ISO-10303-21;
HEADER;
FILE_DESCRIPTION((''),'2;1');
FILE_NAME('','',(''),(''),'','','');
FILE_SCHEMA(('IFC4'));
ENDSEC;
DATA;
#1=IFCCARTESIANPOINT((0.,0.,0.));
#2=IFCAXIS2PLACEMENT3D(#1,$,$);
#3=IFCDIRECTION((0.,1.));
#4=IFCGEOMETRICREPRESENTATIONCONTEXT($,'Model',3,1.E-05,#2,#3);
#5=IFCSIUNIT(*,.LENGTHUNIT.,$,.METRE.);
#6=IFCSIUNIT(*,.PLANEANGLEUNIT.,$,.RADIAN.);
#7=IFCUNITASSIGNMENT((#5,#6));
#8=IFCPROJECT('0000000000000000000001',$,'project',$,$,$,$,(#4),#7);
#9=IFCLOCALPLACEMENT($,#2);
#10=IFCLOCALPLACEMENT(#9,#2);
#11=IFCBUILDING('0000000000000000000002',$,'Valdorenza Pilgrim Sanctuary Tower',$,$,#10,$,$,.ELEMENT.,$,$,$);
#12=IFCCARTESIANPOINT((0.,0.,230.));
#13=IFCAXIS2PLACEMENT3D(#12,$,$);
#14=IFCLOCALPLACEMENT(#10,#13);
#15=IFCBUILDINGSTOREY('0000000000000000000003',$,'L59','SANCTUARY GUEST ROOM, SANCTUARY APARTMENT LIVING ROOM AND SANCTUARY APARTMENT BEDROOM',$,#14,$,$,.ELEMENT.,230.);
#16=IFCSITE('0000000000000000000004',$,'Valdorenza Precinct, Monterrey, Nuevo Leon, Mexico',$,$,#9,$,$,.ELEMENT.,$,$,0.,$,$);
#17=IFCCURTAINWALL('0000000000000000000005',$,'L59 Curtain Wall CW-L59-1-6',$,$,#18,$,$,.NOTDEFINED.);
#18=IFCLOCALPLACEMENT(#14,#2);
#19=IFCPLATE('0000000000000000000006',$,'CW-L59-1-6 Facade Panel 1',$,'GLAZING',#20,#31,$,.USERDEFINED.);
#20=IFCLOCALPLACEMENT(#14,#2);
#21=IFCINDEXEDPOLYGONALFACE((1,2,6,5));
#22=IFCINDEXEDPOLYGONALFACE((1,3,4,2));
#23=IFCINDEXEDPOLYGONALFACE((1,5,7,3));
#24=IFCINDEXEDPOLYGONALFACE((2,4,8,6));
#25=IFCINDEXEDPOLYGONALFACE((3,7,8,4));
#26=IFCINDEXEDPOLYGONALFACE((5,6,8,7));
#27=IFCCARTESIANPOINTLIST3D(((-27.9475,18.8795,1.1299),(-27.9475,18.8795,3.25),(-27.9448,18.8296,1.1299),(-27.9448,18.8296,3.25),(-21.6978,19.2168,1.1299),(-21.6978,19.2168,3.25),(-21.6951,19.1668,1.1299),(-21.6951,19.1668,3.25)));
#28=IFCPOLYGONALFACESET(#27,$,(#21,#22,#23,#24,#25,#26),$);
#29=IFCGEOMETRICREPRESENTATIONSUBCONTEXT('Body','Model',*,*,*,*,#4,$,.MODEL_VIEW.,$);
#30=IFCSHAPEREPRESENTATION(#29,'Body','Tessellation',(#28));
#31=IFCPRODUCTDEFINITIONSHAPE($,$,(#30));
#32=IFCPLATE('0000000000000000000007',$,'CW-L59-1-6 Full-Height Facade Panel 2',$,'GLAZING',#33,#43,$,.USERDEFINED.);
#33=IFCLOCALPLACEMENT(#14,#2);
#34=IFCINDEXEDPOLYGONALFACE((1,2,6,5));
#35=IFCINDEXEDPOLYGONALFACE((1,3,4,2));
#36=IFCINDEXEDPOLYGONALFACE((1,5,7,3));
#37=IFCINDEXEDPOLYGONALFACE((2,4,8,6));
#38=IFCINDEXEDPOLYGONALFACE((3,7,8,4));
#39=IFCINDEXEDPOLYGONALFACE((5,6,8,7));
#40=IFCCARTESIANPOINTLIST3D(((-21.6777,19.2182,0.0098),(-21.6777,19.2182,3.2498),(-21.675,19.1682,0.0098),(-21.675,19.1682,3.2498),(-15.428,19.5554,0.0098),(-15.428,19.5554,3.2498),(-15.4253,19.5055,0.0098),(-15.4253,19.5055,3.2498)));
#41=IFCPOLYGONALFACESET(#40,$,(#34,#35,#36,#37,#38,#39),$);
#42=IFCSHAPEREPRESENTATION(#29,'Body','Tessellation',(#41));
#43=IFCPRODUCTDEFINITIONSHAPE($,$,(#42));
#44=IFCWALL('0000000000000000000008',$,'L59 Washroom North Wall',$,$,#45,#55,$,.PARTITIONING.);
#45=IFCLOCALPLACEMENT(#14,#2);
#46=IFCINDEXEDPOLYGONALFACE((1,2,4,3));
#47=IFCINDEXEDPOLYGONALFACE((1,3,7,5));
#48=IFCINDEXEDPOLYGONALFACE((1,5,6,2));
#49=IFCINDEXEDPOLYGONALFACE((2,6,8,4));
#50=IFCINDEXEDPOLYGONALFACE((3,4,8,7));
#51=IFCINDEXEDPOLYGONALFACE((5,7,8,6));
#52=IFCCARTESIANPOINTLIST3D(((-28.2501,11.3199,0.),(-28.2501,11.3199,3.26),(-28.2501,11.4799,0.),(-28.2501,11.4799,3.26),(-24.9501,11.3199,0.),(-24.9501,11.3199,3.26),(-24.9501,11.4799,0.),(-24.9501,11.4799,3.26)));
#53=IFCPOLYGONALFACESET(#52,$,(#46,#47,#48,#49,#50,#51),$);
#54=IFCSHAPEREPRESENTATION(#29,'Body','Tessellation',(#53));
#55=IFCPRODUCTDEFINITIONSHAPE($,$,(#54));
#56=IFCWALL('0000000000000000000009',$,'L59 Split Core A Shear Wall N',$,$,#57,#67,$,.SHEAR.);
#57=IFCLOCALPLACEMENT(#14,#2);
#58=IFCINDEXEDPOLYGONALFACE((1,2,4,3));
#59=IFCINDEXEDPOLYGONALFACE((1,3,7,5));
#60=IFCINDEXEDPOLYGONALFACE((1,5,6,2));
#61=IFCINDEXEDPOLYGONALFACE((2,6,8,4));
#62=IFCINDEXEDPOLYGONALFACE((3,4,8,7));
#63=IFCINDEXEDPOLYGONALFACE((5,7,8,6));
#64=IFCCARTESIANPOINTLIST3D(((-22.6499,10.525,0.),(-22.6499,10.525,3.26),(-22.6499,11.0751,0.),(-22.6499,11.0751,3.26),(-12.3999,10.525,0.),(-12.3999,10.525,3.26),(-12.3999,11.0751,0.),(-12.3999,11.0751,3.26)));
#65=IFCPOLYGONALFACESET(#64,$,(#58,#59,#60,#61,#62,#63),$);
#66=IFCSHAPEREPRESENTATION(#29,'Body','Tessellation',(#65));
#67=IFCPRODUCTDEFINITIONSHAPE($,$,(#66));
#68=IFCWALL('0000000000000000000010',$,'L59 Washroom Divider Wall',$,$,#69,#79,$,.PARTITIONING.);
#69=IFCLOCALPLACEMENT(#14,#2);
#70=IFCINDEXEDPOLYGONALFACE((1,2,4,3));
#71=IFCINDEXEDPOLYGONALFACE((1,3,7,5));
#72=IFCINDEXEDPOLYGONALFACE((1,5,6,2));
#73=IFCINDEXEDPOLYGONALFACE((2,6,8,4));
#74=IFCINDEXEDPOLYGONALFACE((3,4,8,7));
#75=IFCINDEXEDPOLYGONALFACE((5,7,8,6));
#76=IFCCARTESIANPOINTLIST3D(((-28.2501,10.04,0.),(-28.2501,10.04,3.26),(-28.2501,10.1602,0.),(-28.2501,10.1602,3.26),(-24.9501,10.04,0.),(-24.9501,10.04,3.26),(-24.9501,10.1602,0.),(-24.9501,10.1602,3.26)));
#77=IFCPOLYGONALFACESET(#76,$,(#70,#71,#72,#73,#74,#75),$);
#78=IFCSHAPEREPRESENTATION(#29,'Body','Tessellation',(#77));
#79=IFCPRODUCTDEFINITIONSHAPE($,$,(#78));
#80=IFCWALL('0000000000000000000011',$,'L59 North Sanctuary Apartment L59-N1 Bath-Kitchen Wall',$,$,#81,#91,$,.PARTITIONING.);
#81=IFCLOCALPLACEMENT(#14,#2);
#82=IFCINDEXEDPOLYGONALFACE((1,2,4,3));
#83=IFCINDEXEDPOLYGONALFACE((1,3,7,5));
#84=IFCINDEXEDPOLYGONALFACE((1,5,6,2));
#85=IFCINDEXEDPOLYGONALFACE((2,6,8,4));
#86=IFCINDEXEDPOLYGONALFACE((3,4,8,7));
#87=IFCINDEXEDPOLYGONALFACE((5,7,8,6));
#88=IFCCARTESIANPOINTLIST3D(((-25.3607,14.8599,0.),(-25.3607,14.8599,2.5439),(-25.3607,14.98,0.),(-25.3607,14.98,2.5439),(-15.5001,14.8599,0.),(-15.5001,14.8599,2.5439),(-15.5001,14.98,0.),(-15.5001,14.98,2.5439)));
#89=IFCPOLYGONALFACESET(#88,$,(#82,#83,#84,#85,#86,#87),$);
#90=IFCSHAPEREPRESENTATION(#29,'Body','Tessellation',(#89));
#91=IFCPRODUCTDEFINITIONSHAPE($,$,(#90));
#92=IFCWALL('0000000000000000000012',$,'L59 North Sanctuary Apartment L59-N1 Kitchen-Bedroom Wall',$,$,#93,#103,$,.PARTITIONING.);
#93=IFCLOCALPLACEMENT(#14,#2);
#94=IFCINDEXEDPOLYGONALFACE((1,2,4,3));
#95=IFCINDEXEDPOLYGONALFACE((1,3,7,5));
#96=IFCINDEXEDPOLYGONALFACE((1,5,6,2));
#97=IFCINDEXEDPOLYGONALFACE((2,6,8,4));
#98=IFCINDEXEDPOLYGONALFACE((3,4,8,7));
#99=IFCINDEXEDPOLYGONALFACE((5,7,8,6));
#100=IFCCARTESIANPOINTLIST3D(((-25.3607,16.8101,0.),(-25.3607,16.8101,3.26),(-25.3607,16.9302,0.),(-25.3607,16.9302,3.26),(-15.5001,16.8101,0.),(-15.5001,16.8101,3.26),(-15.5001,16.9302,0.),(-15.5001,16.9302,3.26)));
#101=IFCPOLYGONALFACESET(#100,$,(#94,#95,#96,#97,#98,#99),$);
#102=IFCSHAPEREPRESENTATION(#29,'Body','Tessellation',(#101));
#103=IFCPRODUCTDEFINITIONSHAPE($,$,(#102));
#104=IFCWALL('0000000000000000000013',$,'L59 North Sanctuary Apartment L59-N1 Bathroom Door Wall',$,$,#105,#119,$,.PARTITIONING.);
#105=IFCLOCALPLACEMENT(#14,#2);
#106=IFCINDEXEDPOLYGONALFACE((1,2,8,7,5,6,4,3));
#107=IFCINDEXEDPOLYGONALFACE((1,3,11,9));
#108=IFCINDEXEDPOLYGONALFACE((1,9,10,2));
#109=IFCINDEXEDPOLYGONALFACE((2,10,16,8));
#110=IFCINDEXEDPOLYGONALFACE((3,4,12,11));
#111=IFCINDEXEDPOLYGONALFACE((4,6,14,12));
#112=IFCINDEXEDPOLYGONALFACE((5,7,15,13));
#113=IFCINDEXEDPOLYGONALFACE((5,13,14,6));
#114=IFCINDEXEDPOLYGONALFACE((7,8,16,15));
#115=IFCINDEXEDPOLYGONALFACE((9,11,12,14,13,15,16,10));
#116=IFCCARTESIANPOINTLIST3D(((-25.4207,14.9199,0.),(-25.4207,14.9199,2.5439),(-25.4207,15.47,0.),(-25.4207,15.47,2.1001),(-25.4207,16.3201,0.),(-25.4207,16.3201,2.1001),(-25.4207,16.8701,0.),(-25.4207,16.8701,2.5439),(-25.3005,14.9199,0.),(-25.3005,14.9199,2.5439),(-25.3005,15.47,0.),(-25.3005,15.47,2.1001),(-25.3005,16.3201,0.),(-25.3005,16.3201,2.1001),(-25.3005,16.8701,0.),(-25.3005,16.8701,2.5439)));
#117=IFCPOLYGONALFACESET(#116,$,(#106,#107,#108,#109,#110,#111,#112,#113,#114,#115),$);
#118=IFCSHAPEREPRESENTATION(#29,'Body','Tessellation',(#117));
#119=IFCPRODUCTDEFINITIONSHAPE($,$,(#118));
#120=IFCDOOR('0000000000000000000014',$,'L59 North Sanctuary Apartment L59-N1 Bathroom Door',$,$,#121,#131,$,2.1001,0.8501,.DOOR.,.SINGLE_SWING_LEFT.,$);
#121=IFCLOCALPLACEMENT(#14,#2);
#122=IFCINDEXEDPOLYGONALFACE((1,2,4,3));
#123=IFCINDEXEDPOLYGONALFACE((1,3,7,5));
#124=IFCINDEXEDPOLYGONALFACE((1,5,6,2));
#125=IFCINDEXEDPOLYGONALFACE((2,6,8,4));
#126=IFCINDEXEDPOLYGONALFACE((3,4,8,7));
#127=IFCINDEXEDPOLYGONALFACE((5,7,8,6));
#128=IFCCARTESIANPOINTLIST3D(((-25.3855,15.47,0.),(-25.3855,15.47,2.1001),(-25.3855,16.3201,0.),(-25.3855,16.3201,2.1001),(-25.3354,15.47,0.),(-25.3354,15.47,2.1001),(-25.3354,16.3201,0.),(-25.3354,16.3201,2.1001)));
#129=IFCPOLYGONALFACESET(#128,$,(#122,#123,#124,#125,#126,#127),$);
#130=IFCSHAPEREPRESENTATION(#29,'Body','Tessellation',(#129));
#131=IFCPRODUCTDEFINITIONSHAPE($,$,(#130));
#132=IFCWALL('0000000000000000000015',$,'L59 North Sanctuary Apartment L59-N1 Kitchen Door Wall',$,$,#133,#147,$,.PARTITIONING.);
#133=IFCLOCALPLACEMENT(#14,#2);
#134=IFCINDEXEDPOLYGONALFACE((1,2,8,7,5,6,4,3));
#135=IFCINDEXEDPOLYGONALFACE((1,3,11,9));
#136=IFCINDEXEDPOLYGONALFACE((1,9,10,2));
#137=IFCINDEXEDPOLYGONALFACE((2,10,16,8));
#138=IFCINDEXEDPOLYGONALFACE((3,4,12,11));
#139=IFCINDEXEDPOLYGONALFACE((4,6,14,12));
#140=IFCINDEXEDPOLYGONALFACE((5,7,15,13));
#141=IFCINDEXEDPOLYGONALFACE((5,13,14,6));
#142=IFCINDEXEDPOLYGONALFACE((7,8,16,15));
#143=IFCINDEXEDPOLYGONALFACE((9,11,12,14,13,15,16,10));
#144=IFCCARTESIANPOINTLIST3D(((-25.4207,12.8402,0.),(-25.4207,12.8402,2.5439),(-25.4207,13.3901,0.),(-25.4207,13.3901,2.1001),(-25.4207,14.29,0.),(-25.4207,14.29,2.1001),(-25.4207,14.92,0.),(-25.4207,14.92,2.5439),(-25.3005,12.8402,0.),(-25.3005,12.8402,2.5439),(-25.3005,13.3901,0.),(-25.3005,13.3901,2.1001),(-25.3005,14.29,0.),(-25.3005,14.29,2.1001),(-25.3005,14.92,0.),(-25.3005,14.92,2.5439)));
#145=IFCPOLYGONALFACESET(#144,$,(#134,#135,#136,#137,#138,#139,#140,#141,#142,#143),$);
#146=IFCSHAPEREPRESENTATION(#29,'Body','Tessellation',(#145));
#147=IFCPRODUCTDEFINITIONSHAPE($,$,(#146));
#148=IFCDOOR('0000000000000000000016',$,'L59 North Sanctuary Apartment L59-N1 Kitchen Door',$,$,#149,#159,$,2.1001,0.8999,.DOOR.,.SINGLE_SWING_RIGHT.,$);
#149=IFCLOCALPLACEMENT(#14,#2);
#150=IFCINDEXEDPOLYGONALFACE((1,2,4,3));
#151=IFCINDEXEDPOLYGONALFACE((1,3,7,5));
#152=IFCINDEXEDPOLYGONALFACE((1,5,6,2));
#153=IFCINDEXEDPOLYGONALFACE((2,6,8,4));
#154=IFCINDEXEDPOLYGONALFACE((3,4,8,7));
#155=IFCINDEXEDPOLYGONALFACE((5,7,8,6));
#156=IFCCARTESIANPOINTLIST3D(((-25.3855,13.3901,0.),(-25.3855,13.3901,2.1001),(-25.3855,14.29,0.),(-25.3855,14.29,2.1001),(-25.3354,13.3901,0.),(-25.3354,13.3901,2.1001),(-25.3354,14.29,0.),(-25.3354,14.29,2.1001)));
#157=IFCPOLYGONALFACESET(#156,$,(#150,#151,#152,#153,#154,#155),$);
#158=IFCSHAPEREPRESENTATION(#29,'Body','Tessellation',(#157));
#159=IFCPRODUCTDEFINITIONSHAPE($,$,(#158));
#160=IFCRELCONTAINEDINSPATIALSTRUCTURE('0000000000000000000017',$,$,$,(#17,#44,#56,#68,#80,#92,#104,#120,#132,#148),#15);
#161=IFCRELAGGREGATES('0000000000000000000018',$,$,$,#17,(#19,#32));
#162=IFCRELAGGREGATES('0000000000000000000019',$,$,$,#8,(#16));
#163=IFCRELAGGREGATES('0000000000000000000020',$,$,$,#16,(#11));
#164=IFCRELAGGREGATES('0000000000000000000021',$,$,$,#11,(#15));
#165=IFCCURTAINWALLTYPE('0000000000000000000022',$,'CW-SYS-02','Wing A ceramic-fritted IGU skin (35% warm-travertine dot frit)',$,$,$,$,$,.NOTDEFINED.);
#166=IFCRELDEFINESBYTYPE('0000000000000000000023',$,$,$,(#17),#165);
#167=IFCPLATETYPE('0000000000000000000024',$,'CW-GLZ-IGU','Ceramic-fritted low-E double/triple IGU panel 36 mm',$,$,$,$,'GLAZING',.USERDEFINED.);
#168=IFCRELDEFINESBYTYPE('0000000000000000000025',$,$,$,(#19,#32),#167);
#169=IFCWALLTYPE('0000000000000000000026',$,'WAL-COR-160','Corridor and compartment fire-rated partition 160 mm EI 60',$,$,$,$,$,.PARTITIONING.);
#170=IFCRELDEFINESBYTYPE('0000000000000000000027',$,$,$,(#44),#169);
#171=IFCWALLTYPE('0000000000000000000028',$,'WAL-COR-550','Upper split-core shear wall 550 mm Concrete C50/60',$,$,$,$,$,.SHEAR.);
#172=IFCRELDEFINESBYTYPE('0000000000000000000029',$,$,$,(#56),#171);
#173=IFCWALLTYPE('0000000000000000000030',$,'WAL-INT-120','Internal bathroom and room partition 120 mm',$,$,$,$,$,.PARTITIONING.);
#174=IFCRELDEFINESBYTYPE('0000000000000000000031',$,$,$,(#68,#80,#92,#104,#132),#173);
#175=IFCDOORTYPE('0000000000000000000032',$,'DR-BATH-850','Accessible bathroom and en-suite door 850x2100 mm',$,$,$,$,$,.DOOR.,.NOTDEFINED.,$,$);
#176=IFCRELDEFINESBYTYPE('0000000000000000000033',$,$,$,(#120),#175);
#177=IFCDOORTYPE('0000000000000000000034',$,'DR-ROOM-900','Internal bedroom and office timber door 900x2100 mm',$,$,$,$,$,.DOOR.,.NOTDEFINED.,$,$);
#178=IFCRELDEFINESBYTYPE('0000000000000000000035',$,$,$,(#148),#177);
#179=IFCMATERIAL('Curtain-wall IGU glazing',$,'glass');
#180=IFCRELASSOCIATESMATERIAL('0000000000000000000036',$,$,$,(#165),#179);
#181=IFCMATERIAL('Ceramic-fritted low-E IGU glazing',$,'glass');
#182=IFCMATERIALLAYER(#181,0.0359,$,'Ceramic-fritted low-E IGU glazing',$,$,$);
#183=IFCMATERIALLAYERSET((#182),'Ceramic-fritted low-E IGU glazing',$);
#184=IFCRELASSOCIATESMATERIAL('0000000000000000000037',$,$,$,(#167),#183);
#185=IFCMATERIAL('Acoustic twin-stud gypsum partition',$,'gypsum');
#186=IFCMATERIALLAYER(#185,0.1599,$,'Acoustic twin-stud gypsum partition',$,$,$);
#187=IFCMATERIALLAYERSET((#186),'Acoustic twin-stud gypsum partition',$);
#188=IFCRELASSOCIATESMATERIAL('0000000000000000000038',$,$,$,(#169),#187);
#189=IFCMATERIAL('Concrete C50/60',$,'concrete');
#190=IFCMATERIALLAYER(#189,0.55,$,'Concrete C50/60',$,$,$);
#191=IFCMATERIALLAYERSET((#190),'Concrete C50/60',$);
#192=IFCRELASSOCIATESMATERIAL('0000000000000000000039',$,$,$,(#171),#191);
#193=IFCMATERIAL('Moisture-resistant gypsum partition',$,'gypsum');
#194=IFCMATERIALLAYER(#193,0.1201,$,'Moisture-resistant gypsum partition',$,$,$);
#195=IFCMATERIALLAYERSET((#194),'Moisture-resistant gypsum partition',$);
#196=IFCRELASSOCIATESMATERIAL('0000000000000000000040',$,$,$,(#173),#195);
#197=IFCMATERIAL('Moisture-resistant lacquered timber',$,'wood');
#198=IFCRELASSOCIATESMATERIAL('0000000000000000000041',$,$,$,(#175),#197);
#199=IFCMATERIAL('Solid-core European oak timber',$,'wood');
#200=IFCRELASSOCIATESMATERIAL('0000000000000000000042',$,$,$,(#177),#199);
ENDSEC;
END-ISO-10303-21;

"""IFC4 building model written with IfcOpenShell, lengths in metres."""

from ifc_helpers import new_model, si_unit, direction, frame, frame_2d, origin, origin_2d, place, context, subcontext, project, spatial, rectangle, extrude, source, transform, mapped, material, layer, layer_set, type_object, element, fill, aggregate, save


model = new_model("IFC4")

# Units and contexts
model_context = context("Model", 3, precision=1e-05, world=origin(), true_north=direction((0.0, 1.0)))
body_context = subcontext(model_context, "Body", "Model", "MODEL_VIEW")
ifc_project = project(units=[si_unit("LENGTHUNIT", "METRE"), si_unit("PLANEANGLEUNIT", "RADIAN")], contexts=[model_context])

# Site, building, storey
site_placement = place(None, origin())
site = spatial("IfcSite", under=ifc_project, at=site_placement, Name="Valdorenza Precinct, Monterrey, Nuevo Leon, Mexico", CompositionType="ELEMENT", RefElevation=0.0)
building_placement = place(site_placement, origin())
building = spatial("IfcBuilding", under=site, at=building_placement, Name="Valdorenza Pilgrim Sanctuary Tower", CompositionType="ELEMENT")
storey_placement = place(building_placement, frame((0.0, 0.0, 230.0)))
storey = spatial("IfcBuildingStorey", under=building, at=storey_placement, Name="L59", Description="SANCTUARY GUEST ROOM, SANCTUARY APARTMENT LIVING ROOM AND SANCTUARY APARTMENT BEDROOM", CompositionType="ELEMENT", Elevation=230.0)

# Shared definitions
ifc_material_1 = material(Name="Concrete C50/60", Category="concrete")

# Curtain wall, plates
ifc_material_2 = material(Name="Curtain-wall IGU glazing", Category="glass")
curtain_wall_type = type_object("IfcCurtainWallType", Name="CW-SYS-02", Description="Wing A ceramic-fritted IGU skin (35% warm-travertine dot frit)", PredefinedType="NOTDEFINED", material=ifc_material_2)
curtain_wall_placement = place(storey_placement, origin())
curtain_wall = element("IfcCurtainWall", 1, at=curtain_wall_placement, inside=storey, type_object=curtain_wall_type, Name="L59 Curtain Wall CW-L59-1-6", PredefinedType="NOTDEFINED")
ifc_material_3 = material(Name="Ceramic-fritted low-E IGU glazing", Category="glass")
ifc_layer_1 = layer(ifc_material_3, 0.0359, Name="Ceramic-fritted low-E IGU glazing")
ifc_layer_set_1 = layer_set([ifc_layer_1], Name="Ceramic-fritted low-E IGU glazing")
plate_type_1 = type_object("IfcPlateType", Name="CW-GLZ-IGU", Description="Ceramic-fritted low-E double/triple IGU panel 36 mm", ElementType="GLAZING", PredefinedType="USERDEFINED", material=ifc_layer_set_1)
shared_shape_1 = source(origin(), body_context, "Body", "SweptSolid", [
    extrude(rectangle(XDim=6.2588, YDim=0.05, at=origin_2d()), origin(), (0.0, 0.0, 1.0), 2.1201),
])
plate_1_placement = place(storey_placement, frame((-24.8213, 19.0232, 1.1299), z_axis=(0.0, 0.0, 1.0), x_axis=(0.998547, 0.053887, 0.0)))
plate_1 = element("IfcPlate", 2, at=plate_1_placement, type_object=plate_type_1, Name="CW-L59-1-6 Facade Panel 1", ObjectType="GLAZING", PredefinedType="USERDEFINED", context=body_context, shape_type="MappedRepresentation", body=[
    mapped(shared_shape_1, transform((0.0, 0.0, 0.0), x_axis=(1.0, 0.0, 0.0), y_axis=(0.0, 1.0, 0.0), z_axis=(0.0, 0.0, 1.0), scale=1.0)),
])
shared_shape_2 = source(origin(), body_context, "Body", "SweptSolid", [
    extrude(rectangle(XDim=6.2588, YDim=0.05, at=origin_2d()), origin(), (0.0, 0.0, 1.0), 3.24),
])
plate_2_placement = place(storey_placement, frame((-18.5515, 19.3618, 0.0098), z_axis=(0.0, 0.0, 1.0), x_axis=(0.998547, 0.053887, 0.0)))
plate_2 = element("IfcPlate", 3, at=plate_2_placement, type_object=plate_type_1, Name="CW-L59-1-6 Full-Height Facade Panel 2", ObjectType="GLAZING", PredefinedType="USERDEFINED", context=body_context, shape_type="MappedRepresentation", body=[
    mapped(shared_shape_2, transform((0.0, 0.0, 0.0), x_axis=(1.0, 0.0, 0.0), y_axis=(0.0, 1.0, 0.0), z_axis=(0.0, 0.0, 1.0), scale=1.0)),
])
aggregate(curtain_wall, [plate_1, plate_2])

# Walls
ifc_material_4 = material(Name="Acoustic twin-stud gypsum partition", Category="gypsum")
ifc_layer_2 = layer(ifc_material_4, 0.1599, Name="Acoustic twin-stud gypsum partition")
ifc_layer_set_2 = layer_set([ifc_layer_2], Name="Acoustic twin-stud gypsum partition")
wall_type_1 = type_object("IfcWallType", Name="WAL-COR-160", Description="Corridor and compartment fire-rated partition 160 mm EI 60", PredefinedType="PARTITIONING", material=ifc_layer_set_2)
wall_1_placement = place(storey_placement, frame((-28.25, 11.3999, 0.0), z_axis=(0.0, 0.0, 1.0), x_axis=(1.0, 0.0, 0.0)))
element("IfcWall", 4, at=wall_1_placement, inside=storey, type_object=wall_type_1, Name="L59 Washroom North Wall", PredefinedType="PARTITIONING", context=body_context, shape_type="SweptSolid", body=[
    extrude(rectangle(XDim=3.3, YDim=0.1599, at=frame_2d((1.6499, 0.0))), origin(), (0.0, 0.0, 1.0), 3.26),
])
ifc_layer_3 = layer(ifc_material_1, 0.55, Name="Concrete C50/60")
ifc_layer_set_3 = layer_set([ifc_layer_3], Name="Concrete C50/60")
wall_type_2 = type_object("IfcWallType", Name="WAL-COR-550", Description="Upper split-core shear wall 550 mm Concrete C50/60", PredefinedType="SHEAR", material=ifc_layer_set_3)
wall_2_placement = place(storey_placement, frame((-22.6499, 10.8, 0.0), z_axis=(0.0, 0.0, 1.0), x_axis=(1.0, 0.0, 0.0)))
element("IfcWall", 5, at=wall_2_placement, inside=storey, type_object=wall_type_2, Name="L59 Split Core A Shear Wall N", PredefinedType="SHEAR", context=body_context, shape_type="SweptSolid", body=[
    extrude(rectangle(XDim=10.25, YDim=0.55, at=frame_2d((5.125, 0.0))), origin(), (0.0, 0.0, 1.0), 3.26),
])
ifc_material_5 = material(Name="Moisture-resistant gypsum partition", Category="gypsum")
ifc_layer_4 = layer(ifc_material_5, 0.1201, Name="Moisture-resistant gypsum partition")
ifc_layer_set_4 = layer_set([ifc_layer_4], Name="Moisture-resistant gypsum partition")
wall_type_3 = type_object("IfcWallType", Name="WAL-INT-120", Description="Internal bathroom and room partition 120 mm", PredefinedType="PARTITIONING", material=ifc_layer_set_4)
wall_3_placement = place(storey_placement, frame((-28.25, 10.1001, 0.0), z_axis=(0.0, 0.0, 1.0), x_axis=(1.0, 0.0, 0.0)))
element("IfcWall", 6, at=wall_3_placement, inside=storey, type_object=wall_type_3, Name="L59 Washroom Divider Wall", PredefinedType="PARTITIONING", context=body_context, shape_type="SweptSolid", body=[
    extrude(rectangle(XDim=3.3, YDim=0.1201, at=frame_2d((1.6499, 0.0))), origin(), (0.0, 0.0, 1.0), 3.26),
])
wall_4_placement = place(storey_placement, frame((-25.3606, 14.9199, 0.0), z_axis=(0.0, 0.0, 1.0), x_axis=(1.0, 0.0, 0.0)))
element("IfcWall", 7, at=wall_4_placement, inside=storey, type_object=wall_type_3, Name="L59 North Sanctuary Apartment L59-N1 Bath-Kitchen Wall", PredefinedType="PARTITIONING", context=body_context, shape_type="SweptSolid", body=[
    extrude(rectangle(XDim=9.8606, YDim=0.1201, at=frame_2d((4.9302, 0.0))), origin(), (0.0, 0.0, 1.0), 2.5439),
])
wall_5_placement = place(storey_placement, frame((-25.3606, 16.8701, 0.0), z_axis=(0.0, 0.0, 1.0), x_axis=(1.0, 0.0, 0.0)))
element("IfcWall", 8, at=wall_5_placement, inside=storey, type_object=wall_type_3, Name="L59 North Sanctuary Apartment L59-N1 Kitchen-Bedroom Wall", PredefinedType="PARTITIONING", context=body_context, shape_type="SweptSolid", body=[
    extrude(rectangle(XDim=9.8606, YDim=0.1201, at=frame_2d((4.9302, 0.0))), origin(), (0.0, 0.0, 1.0), 3.26),
])

# Walls, openings, doors
wall_6_placement = place(storey_placement, frame((-25.3606, 14.9199, 0.0), z_axis=(0.0, 0.0, 1.0), x_axis=(0.0, 1.0, 0.0)))
wall_6 = element("IfcWall", 9, at=wall_6_placement, inside=storey, type_object=wall_type_3, Name="L59 North Sanctuary Apartment L59-N1 Bathroom Door Wall", PredefinedType="PARTITIONING", context=body_context, shape_type="SweptSolid", body=[
    extrude(rectangle(XDim=1.9502, YDim=0.1201, at=frame_2d((0.9751, 0.0))), origin(), (0.0, 0.0, 1.0), 2.5439),
])
opening_1_placement = place(wall_6_placement, frame((0.55, 0.0, 0.0)))
opening_1 = element("IfcOpeningElement", 10, at=opening_1_placement, cuts=wall_6, PredefinedType="OPENING", context=body_context, shape_type="SweptSolid", body=[
    extrude(rectangle(XDim=0.8501, YDim=2.1001, at=frame_2d((0.425, 1.05))), frame((0.0, 0.075, 0.0), z_axis=(0.0, -1.0, 0.0), x_axis=(1.0, 0.0, 0.0)), (0.0, 0.0, 1.0), 0.1499),
])
ifc_material_6 = material(Name="Moisture-resistant lacquered timber", Category="wood")
door_type_1 = type_object("IfcDoorType", Name="DR-BATH-850", Description="Accessible bathroom and en-suite door 850x2100 mm", OperationType="NOTDEFINED", PredefinedType="DOOR", material=ifc_material_6)
door_1_placement = place(opening_1_placement, origin())
door_1 = element("IfcDoor", 11, at=door_1_placement, inside=storey, type_object=door_type_1, Name="L59 North Sanctuary Apartment L59-N1 Bathroom Door", OperationType="SINGLE_SWING_LEFT", OverallHeight=2.1001, OverallWidth=0.8501, PredefinedType="DOOR", context=body_context, shape_type="SweptSolid", body=[
    extrude(rectangle(XDim=0.8501, YDim=2.1001, at=frame_2d((0.425, 1.05))), frame((0.0, 0.0249, 0.0), z_axis=(0.0, -1.0, 0.0), x_axis=(1.0, 0.0, 0.0)), (0.0, 0.0, 1.0), 0.05),
])
fill(opening_1, door_1)
wall_7_placement = place(storey_placement, frame((-25.3606, 12.8401, 0.0), z_axis=(0.0, 0.0, 1.0), x_axis=(0.0, 1.0, 0.0)))
wall_7 = element("IfcWall", 12, at=wall_7_placement, inside=storey, type_object=wall_type_3, Name="L59 North Sanctuary Apartment L59-N1 Kitchen Door Wall", PredefinedType="PARTITIONING", context=body_context, shape_type="SweptSolid", body=[
    extrude(rectangle(XDim=2.0798, YDim=0.1201, at=frame_2d((1.04, 0.0))), origin(), (0.0, 0.0, 1.0), 2.5439),
])
opening_2_placement = place(wall_7_placement, frame((0.55, 0.0, 0.0)))
opening_2 = element("IfcOpeningElement", 13, at=opening_2_placement, cuts=wall_7, PredefinedType="OPENING", context=body_context, shape_type="SweptSolid", body=[
    extrude(rectangle(XDim=0.8999, YDim=2.1001, at=frame_2d((0.45, 1.05))), frame((0.0, 0.075, 0.0), z_axis=(0.0, -1.0, 0.0), x_axis=(1.0, 0.0, 0.0)), (0.0, 0.0, 1.0), 0.1499),
])
ifc_material_7 = material(Name="Solid-core European oak timber", Category="wood")
door_type_2 = type_object("IfcDoorType", Name="DR-ROOM-900", Description="Internal bedroom and office timber door 900x2100 mm", OperationType="NOTDEFINED", PredefinedType="DOOR", material=ifc_material_7)
door_2_placement = place(opening_2_placement, origin())
door_2 = element("IfcDoor", 14, at=door_2_placement, inside=storey, type_object=door_type_2, Name="L59 North Sanctuary Apartment L59-N1 Kitchen Door", OperationType="SINGLE_SWING_RIGHT", OverallHeight=2.1001, OverallWidth=0.8999, PredefinedType="DOOR", context=body_context, shape_type="SweptSolid", body=[
    extrude(rectangle(XDim=0.8999, YDim=2.1001, at=frame_2d((0.45, 1.05))), frame((0.0, 0.0249, 0.0), z_axis=(0.0, -1.0, 0.0), x_axis=(1.0, 0.0, 0.0)), (0.0, 0.0, 1.0), 0.05),
])
fill(opening_2, door_2)

save(model, "model.ifc")
